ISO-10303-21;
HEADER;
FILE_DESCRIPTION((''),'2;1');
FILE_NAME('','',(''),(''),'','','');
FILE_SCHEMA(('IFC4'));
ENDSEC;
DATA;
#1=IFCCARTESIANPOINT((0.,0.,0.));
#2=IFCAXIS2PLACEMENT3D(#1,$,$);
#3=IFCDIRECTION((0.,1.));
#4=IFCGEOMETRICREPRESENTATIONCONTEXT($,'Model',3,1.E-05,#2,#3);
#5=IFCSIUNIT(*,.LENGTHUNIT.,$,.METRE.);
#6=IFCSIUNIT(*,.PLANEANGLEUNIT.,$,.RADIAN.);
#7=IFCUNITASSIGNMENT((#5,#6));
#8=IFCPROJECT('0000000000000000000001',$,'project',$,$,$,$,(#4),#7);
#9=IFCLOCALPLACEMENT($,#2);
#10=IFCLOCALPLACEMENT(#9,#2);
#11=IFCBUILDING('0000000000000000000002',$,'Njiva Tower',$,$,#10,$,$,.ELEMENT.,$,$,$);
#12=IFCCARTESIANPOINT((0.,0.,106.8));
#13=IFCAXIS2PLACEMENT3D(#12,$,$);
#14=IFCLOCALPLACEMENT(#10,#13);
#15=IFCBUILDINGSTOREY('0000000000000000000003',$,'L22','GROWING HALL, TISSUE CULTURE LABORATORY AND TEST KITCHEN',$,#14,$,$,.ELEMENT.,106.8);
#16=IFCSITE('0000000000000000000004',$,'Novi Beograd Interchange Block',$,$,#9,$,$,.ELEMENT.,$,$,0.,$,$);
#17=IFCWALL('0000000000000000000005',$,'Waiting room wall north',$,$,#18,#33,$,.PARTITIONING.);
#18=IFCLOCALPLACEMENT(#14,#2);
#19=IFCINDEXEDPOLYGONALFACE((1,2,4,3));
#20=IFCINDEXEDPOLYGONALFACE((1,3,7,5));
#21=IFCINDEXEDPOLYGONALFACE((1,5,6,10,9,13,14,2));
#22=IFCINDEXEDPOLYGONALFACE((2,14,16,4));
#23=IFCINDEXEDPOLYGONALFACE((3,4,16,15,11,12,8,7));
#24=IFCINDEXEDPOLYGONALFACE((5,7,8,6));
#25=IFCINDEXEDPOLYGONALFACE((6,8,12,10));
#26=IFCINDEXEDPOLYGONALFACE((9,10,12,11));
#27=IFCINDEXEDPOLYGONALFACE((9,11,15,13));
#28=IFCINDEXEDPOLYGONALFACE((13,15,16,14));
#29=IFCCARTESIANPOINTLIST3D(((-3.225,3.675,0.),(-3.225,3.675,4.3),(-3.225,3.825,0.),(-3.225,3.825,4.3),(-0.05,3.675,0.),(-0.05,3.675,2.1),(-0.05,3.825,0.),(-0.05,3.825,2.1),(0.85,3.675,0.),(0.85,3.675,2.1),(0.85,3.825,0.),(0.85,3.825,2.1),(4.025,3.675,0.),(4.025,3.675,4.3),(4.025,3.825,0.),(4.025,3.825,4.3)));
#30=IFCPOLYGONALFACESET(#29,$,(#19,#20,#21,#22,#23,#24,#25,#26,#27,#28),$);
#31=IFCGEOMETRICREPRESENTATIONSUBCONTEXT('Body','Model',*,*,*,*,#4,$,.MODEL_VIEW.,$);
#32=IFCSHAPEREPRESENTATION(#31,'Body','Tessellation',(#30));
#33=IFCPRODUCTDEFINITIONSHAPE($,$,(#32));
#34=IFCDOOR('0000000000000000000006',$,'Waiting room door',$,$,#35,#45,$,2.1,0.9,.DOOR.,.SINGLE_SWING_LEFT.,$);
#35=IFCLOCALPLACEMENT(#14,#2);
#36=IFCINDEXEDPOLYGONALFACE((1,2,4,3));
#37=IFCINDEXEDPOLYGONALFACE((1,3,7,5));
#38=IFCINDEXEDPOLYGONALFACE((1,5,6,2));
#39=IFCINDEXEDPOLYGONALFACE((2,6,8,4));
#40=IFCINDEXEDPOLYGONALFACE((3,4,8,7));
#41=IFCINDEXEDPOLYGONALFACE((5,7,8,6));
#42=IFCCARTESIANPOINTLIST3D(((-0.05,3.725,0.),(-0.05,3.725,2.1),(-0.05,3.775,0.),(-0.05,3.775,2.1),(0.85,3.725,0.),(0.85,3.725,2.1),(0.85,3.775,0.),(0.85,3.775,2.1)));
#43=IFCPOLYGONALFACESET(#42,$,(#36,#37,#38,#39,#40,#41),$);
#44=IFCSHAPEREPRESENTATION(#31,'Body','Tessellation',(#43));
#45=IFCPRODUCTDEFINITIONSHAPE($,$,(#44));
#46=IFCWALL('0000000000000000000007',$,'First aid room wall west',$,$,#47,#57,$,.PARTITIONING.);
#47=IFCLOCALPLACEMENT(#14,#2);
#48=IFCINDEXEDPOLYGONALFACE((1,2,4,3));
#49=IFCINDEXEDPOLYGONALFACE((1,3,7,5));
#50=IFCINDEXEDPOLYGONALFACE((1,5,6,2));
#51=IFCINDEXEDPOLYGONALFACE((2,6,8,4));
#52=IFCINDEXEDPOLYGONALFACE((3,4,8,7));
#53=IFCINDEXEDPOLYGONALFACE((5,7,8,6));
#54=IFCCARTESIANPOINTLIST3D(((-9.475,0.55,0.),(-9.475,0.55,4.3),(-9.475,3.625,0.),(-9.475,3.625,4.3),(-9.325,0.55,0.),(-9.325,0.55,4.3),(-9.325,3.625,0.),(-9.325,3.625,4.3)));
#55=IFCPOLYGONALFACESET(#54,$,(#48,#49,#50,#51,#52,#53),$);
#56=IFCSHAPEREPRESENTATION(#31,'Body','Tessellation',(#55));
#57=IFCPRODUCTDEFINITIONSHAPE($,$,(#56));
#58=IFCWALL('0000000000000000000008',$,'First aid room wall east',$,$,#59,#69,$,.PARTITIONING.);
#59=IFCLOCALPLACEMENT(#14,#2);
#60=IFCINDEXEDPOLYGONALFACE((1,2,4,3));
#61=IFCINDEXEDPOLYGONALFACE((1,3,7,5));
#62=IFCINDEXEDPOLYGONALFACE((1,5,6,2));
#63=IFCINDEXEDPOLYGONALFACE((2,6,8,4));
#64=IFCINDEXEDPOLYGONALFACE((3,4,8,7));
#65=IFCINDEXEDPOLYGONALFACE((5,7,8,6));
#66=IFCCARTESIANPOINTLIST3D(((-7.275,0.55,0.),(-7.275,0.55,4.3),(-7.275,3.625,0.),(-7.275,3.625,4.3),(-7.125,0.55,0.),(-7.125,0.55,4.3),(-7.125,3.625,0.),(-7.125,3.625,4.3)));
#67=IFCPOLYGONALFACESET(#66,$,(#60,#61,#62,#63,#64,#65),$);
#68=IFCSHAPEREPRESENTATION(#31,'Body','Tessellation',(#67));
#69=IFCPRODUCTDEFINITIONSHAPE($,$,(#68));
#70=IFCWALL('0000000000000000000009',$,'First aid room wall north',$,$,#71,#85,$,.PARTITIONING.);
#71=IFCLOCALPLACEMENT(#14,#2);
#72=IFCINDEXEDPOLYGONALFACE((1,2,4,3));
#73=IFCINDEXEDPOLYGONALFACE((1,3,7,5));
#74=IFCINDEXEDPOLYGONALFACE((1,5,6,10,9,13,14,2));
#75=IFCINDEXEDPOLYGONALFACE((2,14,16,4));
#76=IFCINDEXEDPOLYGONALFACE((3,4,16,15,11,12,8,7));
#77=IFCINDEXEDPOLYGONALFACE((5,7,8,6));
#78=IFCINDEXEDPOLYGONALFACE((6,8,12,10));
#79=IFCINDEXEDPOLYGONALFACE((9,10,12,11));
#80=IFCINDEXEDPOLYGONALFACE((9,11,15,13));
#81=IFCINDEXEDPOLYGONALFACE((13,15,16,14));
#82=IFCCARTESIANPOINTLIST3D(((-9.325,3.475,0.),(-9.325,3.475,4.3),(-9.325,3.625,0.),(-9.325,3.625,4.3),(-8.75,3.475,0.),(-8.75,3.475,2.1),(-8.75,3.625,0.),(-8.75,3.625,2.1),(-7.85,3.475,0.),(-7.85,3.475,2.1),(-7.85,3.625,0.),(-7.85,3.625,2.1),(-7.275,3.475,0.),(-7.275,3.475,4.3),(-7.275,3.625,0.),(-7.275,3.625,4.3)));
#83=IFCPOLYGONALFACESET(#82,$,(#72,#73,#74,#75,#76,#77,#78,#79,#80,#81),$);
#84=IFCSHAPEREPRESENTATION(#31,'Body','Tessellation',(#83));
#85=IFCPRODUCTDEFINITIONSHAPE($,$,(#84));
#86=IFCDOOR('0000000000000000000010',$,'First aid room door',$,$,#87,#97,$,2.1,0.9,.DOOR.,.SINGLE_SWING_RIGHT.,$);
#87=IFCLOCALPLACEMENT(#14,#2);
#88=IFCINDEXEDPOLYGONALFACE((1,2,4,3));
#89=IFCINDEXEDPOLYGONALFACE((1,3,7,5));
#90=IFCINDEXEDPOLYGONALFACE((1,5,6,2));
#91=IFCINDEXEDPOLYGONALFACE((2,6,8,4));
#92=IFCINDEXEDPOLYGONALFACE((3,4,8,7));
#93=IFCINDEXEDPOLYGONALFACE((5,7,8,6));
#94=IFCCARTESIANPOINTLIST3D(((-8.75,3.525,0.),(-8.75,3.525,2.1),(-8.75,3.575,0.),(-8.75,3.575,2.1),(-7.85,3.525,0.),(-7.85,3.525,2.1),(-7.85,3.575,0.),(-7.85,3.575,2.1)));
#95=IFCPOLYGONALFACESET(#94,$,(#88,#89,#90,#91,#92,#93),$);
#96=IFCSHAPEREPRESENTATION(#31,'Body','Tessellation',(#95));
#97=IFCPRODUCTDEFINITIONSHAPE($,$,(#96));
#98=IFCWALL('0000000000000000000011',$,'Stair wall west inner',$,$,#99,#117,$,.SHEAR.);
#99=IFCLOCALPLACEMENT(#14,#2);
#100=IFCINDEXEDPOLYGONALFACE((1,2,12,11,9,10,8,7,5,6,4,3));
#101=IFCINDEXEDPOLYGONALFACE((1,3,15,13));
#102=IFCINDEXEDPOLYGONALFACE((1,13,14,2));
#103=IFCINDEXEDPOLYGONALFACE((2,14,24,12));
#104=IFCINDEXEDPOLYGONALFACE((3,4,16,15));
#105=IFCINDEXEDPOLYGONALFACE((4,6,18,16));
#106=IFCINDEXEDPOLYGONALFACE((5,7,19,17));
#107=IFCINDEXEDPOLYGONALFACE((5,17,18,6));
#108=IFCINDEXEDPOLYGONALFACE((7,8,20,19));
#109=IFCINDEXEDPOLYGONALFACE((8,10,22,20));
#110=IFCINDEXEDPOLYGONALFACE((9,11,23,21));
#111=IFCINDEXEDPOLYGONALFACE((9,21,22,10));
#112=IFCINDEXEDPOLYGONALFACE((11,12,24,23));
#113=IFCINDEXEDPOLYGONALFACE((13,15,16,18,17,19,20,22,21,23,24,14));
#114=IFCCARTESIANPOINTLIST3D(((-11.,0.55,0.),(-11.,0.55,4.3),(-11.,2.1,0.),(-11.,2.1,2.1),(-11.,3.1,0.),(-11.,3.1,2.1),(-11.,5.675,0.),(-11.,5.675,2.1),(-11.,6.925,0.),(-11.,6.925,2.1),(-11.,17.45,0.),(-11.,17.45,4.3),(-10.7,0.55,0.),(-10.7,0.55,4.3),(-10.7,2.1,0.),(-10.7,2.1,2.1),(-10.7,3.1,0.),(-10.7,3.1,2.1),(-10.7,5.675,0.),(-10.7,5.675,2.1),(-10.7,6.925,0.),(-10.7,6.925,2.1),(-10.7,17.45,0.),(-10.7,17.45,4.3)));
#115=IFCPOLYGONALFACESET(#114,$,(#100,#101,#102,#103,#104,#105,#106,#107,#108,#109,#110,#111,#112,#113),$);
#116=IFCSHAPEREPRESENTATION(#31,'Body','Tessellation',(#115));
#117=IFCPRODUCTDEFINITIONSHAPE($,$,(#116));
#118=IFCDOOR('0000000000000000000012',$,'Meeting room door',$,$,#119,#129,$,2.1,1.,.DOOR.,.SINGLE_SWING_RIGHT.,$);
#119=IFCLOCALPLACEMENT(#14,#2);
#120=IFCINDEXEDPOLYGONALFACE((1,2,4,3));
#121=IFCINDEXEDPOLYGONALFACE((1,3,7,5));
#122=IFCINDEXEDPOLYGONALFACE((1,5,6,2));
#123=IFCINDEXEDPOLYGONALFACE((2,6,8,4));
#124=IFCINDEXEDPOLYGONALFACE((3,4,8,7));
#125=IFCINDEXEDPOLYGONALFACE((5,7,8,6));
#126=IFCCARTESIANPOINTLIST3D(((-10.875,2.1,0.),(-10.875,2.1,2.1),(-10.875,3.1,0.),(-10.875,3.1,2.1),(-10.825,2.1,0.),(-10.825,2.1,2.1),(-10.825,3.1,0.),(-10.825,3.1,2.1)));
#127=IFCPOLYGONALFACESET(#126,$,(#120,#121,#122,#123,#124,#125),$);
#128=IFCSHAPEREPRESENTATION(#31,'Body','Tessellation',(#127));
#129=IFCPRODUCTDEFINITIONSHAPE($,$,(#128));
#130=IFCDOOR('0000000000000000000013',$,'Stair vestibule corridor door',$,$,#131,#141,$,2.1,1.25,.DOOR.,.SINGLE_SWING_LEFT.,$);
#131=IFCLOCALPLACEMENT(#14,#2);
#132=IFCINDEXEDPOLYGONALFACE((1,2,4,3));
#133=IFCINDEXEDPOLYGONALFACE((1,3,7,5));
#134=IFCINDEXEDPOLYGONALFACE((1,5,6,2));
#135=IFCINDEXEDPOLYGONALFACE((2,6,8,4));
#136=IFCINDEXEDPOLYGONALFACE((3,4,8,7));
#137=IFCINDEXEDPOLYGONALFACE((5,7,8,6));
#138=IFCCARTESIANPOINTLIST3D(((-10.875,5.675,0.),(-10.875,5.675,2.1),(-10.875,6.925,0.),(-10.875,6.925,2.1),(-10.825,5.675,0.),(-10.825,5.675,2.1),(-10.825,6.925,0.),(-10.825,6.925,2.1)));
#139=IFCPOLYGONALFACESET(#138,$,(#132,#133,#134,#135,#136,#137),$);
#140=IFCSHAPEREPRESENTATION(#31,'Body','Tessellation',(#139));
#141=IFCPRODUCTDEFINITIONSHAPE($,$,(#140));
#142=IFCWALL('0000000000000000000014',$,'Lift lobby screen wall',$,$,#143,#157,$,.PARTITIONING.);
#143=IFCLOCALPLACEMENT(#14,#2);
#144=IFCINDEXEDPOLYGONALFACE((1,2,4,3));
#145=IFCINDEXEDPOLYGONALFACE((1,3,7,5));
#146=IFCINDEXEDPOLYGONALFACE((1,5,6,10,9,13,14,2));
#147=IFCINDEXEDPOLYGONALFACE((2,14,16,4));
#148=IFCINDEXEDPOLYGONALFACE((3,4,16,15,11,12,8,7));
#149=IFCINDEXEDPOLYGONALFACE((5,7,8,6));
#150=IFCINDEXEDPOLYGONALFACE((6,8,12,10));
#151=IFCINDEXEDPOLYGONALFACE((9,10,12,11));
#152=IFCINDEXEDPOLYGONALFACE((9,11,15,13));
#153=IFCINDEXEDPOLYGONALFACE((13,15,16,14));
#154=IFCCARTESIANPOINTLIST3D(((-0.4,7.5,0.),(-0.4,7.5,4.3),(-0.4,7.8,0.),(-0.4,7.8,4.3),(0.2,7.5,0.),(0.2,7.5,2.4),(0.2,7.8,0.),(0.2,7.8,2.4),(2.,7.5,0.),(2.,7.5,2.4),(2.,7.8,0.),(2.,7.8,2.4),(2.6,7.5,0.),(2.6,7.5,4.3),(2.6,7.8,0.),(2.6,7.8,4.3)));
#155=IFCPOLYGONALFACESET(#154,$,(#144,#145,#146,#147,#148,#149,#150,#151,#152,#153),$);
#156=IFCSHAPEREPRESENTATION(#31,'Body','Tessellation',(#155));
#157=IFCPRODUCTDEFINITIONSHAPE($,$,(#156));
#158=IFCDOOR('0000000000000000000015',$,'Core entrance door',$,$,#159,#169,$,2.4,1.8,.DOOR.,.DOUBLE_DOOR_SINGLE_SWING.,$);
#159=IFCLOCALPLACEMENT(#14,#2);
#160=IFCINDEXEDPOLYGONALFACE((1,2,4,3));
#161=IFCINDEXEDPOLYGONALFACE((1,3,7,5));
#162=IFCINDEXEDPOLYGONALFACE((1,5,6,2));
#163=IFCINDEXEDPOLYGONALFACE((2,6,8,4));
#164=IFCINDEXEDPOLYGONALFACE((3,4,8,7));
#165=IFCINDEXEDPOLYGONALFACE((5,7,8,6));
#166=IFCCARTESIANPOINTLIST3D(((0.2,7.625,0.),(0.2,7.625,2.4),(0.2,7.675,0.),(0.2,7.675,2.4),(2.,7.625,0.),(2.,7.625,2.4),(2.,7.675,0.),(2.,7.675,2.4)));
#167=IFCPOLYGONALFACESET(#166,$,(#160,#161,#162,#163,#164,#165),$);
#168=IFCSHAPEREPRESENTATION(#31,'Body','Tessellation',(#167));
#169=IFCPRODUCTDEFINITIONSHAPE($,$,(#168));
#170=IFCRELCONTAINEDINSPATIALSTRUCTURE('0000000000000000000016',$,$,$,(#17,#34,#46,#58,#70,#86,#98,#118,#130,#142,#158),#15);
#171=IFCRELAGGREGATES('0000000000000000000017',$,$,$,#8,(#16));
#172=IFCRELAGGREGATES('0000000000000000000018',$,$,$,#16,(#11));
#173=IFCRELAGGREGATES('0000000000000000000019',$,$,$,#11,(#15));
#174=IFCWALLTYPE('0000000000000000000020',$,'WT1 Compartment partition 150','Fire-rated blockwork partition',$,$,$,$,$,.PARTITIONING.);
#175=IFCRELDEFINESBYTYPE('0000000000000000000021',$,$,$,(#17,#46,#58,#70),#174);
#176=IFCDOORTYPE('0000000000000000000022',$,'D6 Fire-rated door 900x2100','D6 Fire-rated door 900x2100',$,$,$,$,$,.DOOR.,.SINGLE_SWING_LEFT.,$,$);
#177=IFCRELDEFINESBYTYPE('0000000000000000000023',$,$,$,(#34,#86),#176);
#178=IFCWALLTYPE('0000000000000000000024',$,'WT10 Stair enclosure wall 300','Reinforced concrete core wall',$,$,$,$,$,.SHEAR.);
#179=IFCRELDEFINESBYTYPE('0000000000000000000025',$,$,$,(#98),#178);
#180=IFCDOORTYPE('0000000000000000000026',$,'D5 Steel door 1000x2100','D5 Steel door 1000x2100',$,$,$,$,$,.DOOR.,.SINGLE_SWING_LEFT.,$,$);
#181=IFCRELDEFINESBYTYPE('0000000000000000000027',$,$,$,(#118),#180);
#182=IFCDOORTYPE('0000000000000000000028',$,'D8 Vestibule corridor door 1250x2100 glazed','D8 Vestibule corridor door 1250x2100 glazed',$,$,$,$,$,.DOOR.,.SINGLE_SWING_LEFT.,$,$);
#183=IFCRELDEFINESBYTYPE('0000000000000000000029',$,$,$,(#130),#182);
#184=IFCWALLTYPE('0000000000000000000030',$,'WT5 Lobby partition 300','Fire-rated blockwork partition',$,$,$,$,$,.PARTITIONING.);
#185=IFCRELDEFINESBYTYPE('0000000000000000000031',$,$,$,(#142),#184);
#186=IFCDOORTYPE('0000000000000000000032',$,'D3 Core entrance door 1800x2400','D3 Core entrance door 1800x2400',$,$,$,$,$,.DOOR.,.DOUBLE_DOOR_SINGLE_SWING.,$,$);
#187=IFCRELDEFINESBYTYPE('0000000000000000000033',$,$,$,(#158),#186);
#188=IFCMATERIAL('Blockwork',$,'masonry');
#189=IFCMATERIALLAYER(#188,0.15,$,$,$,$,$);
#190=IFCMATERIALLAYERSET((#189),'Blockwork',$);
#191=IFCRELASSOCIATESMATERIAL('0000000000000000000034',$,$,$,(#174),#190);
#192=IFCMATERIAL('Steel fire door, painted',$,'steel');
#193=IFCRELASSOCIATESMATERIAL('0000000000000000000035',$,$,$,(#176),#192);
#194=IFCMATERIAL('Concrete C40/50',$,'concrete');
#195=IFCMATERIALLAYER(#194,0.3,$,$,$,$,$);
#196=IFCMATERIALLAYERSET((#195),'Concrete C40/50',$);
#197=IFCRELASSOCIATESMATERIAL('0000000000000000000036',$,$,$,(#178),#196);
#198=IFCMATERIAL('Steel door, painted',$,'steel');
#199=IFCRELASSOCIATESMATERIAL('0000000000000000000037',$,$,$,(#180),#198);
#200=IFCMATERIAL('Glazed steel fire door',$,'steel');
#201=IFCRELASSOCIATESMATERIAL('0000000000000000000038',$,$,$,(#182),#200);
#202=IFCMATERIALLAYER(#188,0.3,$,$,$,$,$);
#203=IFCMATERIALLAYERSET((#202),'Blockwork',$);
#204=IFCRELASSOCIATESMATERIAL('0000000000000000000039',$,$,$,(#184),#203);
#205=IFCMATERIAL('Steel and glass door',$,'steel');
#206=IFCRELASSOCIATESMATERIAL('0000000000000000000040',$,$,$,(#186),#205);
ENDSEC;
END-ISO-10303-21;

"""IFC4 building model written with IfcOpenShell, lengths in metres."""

from ifc_helpers import new_model, si_unit, direction, frame, frame_2d, origin, place, context, subcontext, project, spatial, rectangle, extrude, material, layer, layer_set, type_object, element, fill, save


model = new_model("IFC4")

# Units and contexts
model_context = context("Model", 3, precision=1e-05, world=origin(), true_north=direction((0.0, 1.0)))
body_context = subcontext(model_context, "Body", "Model", "MODEL_VIEW")
ifc_project = project(units=[si_unit("LENGTHUNIT", "METRE"), si_unit("PLANEANGLEUNIT", "RADIAN")], contexts=[model_context])

# Site, building, storey
site_placement = place(None, origin())
site = spatial("IfcSite", under=ifc_project, at=site_placement, Name="Novi Beograd Interchange Block", CompositionType="ELEMENT", RefElevation=0.0)
building_placement = place(site_placement, origin())
building = spatial("IfcBuilding", under=site, at=building_placement, Name="Njiva Tower", CompositionType="ELEMENT")
storey_placement = place(building_placement, frame((0.0, 0.0, 106.8)))
storey = spatial("IfcBuildingStorey", under=building, at=storey_placement, Name="L22", Description="GROWING HALL, TISSUE CULTURE LABORATORY AND TEST KITCHEN", CompositionType="ELEMENT", Elevation=106.8)

# Shared definitions
ifc_material_1 = material(Name="Blockwork", Category="masonry")
ifc_layer_1 = layer(ifc_material_1, 0.15)
ifc_layer_set_1 = layer_set([ifc_layer_1], Name="Blockwork")
wall_type_1 = type_object("IfcWallType", Name="WT1 Compartment partition 150", Description="Fire-rated blockwork partition", PredefinedType="PARTITIONING", material=ifc_layer_set_1)

# Wall, opening, door
wall_1_placement = place(storey_placement, frame((-3.225, 3.75, 0.0), z_axis=(0.0, 0.0, 1.0), x_axis=(1.0, 0.0, 0.0)))
wall_1 = element("IfcWall", 1, at=wall_1_placement, inside=storey, type_object=wall_type_1, Name="Waiting room wall north", PredefinedType="PARTITIONING", context=body_context, shape_type="SweptSolid", body=[
    extrude(rectangle(XDim=7.25, YDim=0.15, at=frame_2d((3.625, 0.0))), origin(), (0.0, 0.0, 1.0), 4.3),
])
opening_1_placement = place(wall_1_placement, frame((3.175, 0.0, 0.0)))
opening_1 = element("IfcOpeningElement", 2, at=opening_1_placement, cuts=wall_1, PredefinedType="OPENING", context=body_context, shape_type="SweptSolid", body=[
    extrude(rectangle(XDim=0.9, YDim=2.1, at=frame_2d((0.45, 1.05))), frame((0.0, 0.085, 0.0), z_axis=(0.0, -1.0, 0.0), x_axis=(1.0, 0.0, 0.0)), (0.0, 0.0, 1.0), 0.17),
])
ifc_material_2 = material(Name="Steel fire door, painted", Category="steel")
door_type_1 = type_object("IfcDoorType", Name="D6 Fire-rated door 900x2100", Description="D6 Fire-rated door 900x2100", OperationType="SINGLE_SWING_LEFT", PredefinedType="DOOR", material=ifc_material_2)
door_1_placement = place(opening_1_placement, origin())
door_1 = element("IfcDoor", 3, at=door_1_placement, inside=storey, type_object=door_type_1, Name="Waiting room door", OperationType="SINGLE_SWING_LEFT", OverallHeight=2.1, OverallWidth=0.9, PredefinedType="DOOR", context=body_context, shape_type="SweptSolid", body=[
    extrude(rectangle(XDim=0.9, YDim=2.1, at=frame_2d((0.45, 1.05))), frame((0.0, 0.025, 0.0), z_axis=(0.0, -1.0, 0.0), x_axis=(1.0, 0.0, 0.0)), (0.0, 0.0, 1.0), 0.05),
])
fill(opening_1, door_1)

# Walls
for number, where, z_axis, x_axis, name in (
    (4, (-9.4, 0.55, 0.0), (0.0, 0.0, 1.0), (0.0, 1.0, 0.0), "First aid room wall west"),
    (5, (-7.2, 0.55, 0.0), (0.0, 0.0, 1.0), (0.0, 1.0, 0.0), "First aid room wall east"),
):
    element("IfcWall", number, at=place(storey_placement, frame(where, z_axis=z_axis, x_axis=x_axis)), inside=storey, type_object=wall_type_1, Name=name, PredefinedType="PARTITIONING", context=body_context, shape_type="SweptSolid", body=[
        extrude(rectangle(XDim=3.075, YDim=0.15, at=frame_2d((1.5375, 0.0))), origin(), (0.0, 0.0, 1.0), 4.3),
    ])

# Wall, opening, door
wall_2_placement = place(storey_placement, frame((-9.325, 3.55, 0.0), z_axis=(0.0, 0.0, 1.0), x_axis=(1.0, 0.0, 0.0)))
wall_2 = element("IfcWall", 6, at=wall_2_placement, inside=storey, type_object=wall_type_1, Name="First aid room wall north", PredefinedType="PARTITIONING", context=body_context, shape_type="SweptSolid", body=[
    extrude(rectangle(XDim=2.05, YDim=0.15, at=frame_2d((1.025, 0.0))), origin(), (0.0, 0.0, 1.0), 4.3),
])
opening_2_placement = place(wall_2_placement, frame((0.575, 0.0, 0.0)))
opening_2 = element("IfcOpeningElement", 7, at=opening_2_placement, cuts=wall_2, PredefinedType="OPENING", context=body_context, shape_type="SweptSolid", body=[
    extrude(rectangle(XDim=0.9, YDim=2.1, at=frame_2d((0.45, 1.05))), frame((0.0, 0.085, 0.0), z_axis=(0.0, -1.0, 0.0), x_axis=(1.0, 0.0, 0.0)), (0.0, 0.0, 1.0), 0.17),
])
door_2_placement = place(opening_2_placement, origin())
door_2 = element("IfcDoor", 8, at=door_2_placement, inside=storey, type_object=door_type_1, Name="First aid room door", OperationType="SINGLE_SWING_RIGHT", OverallHeight=2.1, OverallWidth=0.9, PredefinedType="DOOR", context=body_context, shape_type="SweptSolid", body=[
    extrude(rectangle(XDim=0.9, YDim=2.1, at=frame_2d((0.45, 1.05))), frame((0.0, 0.025, 0.0), z_axis=(0.0, -1.0, 0.0), x_axis=(1.0, 0.0, 0.0)), (0.0, 0.0, 1.0), 0.05),
])
fill(opening_2, door_2)

# Wall, openings, doors
ifc_material_3 = material(Name="Concrete C40/50", Category="concrete")
ifc_layer_2 = layer(ifc_material_3, 0.3)
ifc_layer_set_2 = layer_set([ifc_layer_2], Name="Concrete C40/50")
wall_type_2 = type_object("IfcWallType", Name="WT10 Stair enclosure wall 300", Description="Reinforced concrete core wall", PredefinedType="SHEAR", material=ifc_layer_set_2)
wall_3_placement = place(storey_placement, frame((-10.85, 0.55, 0.0), z_axis=(0.0, 0.0, 1.0), x_axis=(0.0, 1.0, 0.0)))
wall_3 = element("IfcWall", 9, at=wall_3_placement, inside=storey, type_object=wall_type_2, Name="Stair wall west inner", PredefinedType="SHEAR", context=body_context, shape_type="SweptSolid", body=[
    extrude(rectangle(XDim=16.9, YDim=0.3, at=frame_2d((8.45, 0.0))), origin(), (0.0, 0.0, 1.0), 4.3),
])
opening_3_placement = place(wall_3_placement, frame((5.125, 0.0, 0.0)))
opening_3 = element("IfcOpeningElement", 10, at=opening_3_placement, cuts=wall_3, PredefinedType="OPENING", context=body_context, shape_type="SweptSolid", body=[
    extrude(rectangle(XDim=1.25, YDim=2.1, at=frame_2d((0.625, 1.05))), frame((0.0, 0.16, 0.0), z_axis=(0.0, -1.0, 0.0), x_axis=(1.0, 0.0, 0.0)), (0.0, 0.0, 1.0), 0.32),
])
opening_4_placement = place(wall_3_placement, frame((1.55, 0.0, 0.0)))
opening_4 = element("IfcOpeningElement", 11, at=opening_4_placement, cuts=wall_3, PredefinedType="OPENING", context=body_context, shape_type="SweptSolid", body=[
    extrude(rectangle(XDim=1.0, YDim=2.1, at=frame_2d((0.5, 1.05))), frame((0.0, 0.16, 0.0), z_axis=(0.0, -1.0, 0.0), x_axis=(1.0, 0.0, 0.0)), (0.0, 0.0, 1.0), 0.32),
])
ifc_material_4 = material(Name="Steel door, painted", Category="steel")
door_type_2 = type_object("IfcDoorType", Name="D5 Steel door 1000x2100", Description="D5 Steel door 1000x2100", OperationType="SINGLE_SWING_LEFT", PredefinedType="DOOR", material=ifc_material_4)
door_3_placement = place(opening_4_placement, origin())
door_3 = element("IfcDoor", 12, at=door_3_placement, inside=storey, type_object=door_type_2, Name="Meeting room door", OperationType="SINGLE_SWING_RIGHT", OverallHeight=2.1, OverallWidth=1.0, PredefinedType="DOOR", context=body_context, shape_type="SweptSolid", body=[
    extrude(rectangle(XDim=1.0, YDim=2.1, at=frame_2d((0.5, 1.05))), frame((0.0, 0.025, 0.0), z_axis=(0.0, -1.0, 0.0), x_axis=(1.0, 0.0, 0.0)), (0.0, 0.0, 1.0), 0.05),
])
fill(opening_4, door_3)
ifc_material_5 = material(Name="Glazed steel fire door", Category="steel")
door_type_3 = type_object("IfcDoorType", Name="D8 Vestibule corridor door 1250x2100 glazed", Description="D8 Vestibule corridor door 1250x2100 glazed", OperationType="SINGLE_SWING_LEFT", PredefinedType="DOOR", material=ifc_material_5)
door_4_placement = place(opening_3_placement, origin())
door_4 = element("IfcDoor", 13, at=door_4_placement, inside=storey, type_object=door_type_3, Name="Stair vestibule corridor door", OperationType="SINGLE_SWING_LEFT", OverallHeight=2.1, OverallWidth=1.25, PredefinedType="DOOR", context=body_context, shape_type="SweptSolid", body=[
    extrude(rectangle(XDim=1.25, YDim=2.1, at=frame_2d((0.625, 1.05))), frame((0.0, 0.025, 0.0), z_axis=(0.0, -1.0, 0.0), x_axis=(1.0, 0.0, 0.0)), (0.0, 0.0, 1.0), 0.05),
])
fill(opening_3, door_4)

# Wall, opening, door
ifc_layer_3 = layer(ifc_material_1, 0.3)
ifc_layer_set_3 = layer_set([ifc_layer_3], Name="Blockwork")
wall_type_3 = type_object("IfcWallType", Name="WT5 Lobby partition 300", Description="Fire-rated blockwork partition", PredefinedType="PARTITIONING", material=ifc_layer_set_3)
wall_4_placement = place(storey_placement, frame((-0.4, 7.65, 0.0), z_axis=(0.0, 0.0, 1.0), x_axis=(1.0, 0.0, 0.0)))
wall_4 = element("IfcWall", 14, at=wall_4_placement, inside=storey, type_object=wall_type_3, Name="Lift lobby screen wall", PredefinedType="PARTITIONING", context=body_context, shape_type="SweptSolid", body=[
    extrude(rectangle(XDim=3.0, YDim=0.3, at=frame_2d((1.5, 0.0))), origin(), (0.0, 0.0, 1.0), 4.3),
])
opening_5_placement = place(wall_4_placement, frame((0.6, 0.0, 0.0)))
opening_5 = element("IfcOpeningElement", 15, at=opening_5_placement, cuts=wall_4, PredefinedType="OPENING", context=body_context, shape_type="SweptSolid", body=[
    extrude(rectangle(XDim=1.8, YDim=2.4, at=frame_2d((0.9, 1.2))), frame((0.0, 0.16, 0.0), z_axis=(0.0, -1.0, 0.0), x_axis=(1.0, 0.0, 0.0)), (0.0, 0.0, 1.0), 0.32),
])
ifc_material_6 = material(Name="Steel and glass door", Category="steel")
door_type_4 = type_object("IfcDoorType", Name="D3 Core entrance door 1800x2400", Description="D3 Core entrance door 1800x2400", OperationType="DOUBLE_DOOR_SINGLE_SWING", PredefinedType="DOOR", material=ifc_material_6)
door_5_placement = place(opening_5_placement, origin())
door_5 = element("IfcDoor", 16, at=door_5_placement, inside=storey, type_object=door_type_4, Name="Core entrance door", OperationType="DOUBLE_DOOR_SINGLE_SWING", OverallHeight=2.4, OverallWidth=1.8, PredefinedType="DOOR", context=body_context, shape_type="SweptSolid", body=[
    extrude(rectangle(XDim=1.8, YDim=2.4, at=frame_2d((0.9, 1.2))), frame((0.0, 0.025, 0.0), z_axis=(0.0, -1.0, 0.0), x_axis=(1.0, 0.0, 0.0)), (0.0, 0.0, 1.0), 0.05),
])
fill(opening_5, door_5)

save(model, "model.ifc")
